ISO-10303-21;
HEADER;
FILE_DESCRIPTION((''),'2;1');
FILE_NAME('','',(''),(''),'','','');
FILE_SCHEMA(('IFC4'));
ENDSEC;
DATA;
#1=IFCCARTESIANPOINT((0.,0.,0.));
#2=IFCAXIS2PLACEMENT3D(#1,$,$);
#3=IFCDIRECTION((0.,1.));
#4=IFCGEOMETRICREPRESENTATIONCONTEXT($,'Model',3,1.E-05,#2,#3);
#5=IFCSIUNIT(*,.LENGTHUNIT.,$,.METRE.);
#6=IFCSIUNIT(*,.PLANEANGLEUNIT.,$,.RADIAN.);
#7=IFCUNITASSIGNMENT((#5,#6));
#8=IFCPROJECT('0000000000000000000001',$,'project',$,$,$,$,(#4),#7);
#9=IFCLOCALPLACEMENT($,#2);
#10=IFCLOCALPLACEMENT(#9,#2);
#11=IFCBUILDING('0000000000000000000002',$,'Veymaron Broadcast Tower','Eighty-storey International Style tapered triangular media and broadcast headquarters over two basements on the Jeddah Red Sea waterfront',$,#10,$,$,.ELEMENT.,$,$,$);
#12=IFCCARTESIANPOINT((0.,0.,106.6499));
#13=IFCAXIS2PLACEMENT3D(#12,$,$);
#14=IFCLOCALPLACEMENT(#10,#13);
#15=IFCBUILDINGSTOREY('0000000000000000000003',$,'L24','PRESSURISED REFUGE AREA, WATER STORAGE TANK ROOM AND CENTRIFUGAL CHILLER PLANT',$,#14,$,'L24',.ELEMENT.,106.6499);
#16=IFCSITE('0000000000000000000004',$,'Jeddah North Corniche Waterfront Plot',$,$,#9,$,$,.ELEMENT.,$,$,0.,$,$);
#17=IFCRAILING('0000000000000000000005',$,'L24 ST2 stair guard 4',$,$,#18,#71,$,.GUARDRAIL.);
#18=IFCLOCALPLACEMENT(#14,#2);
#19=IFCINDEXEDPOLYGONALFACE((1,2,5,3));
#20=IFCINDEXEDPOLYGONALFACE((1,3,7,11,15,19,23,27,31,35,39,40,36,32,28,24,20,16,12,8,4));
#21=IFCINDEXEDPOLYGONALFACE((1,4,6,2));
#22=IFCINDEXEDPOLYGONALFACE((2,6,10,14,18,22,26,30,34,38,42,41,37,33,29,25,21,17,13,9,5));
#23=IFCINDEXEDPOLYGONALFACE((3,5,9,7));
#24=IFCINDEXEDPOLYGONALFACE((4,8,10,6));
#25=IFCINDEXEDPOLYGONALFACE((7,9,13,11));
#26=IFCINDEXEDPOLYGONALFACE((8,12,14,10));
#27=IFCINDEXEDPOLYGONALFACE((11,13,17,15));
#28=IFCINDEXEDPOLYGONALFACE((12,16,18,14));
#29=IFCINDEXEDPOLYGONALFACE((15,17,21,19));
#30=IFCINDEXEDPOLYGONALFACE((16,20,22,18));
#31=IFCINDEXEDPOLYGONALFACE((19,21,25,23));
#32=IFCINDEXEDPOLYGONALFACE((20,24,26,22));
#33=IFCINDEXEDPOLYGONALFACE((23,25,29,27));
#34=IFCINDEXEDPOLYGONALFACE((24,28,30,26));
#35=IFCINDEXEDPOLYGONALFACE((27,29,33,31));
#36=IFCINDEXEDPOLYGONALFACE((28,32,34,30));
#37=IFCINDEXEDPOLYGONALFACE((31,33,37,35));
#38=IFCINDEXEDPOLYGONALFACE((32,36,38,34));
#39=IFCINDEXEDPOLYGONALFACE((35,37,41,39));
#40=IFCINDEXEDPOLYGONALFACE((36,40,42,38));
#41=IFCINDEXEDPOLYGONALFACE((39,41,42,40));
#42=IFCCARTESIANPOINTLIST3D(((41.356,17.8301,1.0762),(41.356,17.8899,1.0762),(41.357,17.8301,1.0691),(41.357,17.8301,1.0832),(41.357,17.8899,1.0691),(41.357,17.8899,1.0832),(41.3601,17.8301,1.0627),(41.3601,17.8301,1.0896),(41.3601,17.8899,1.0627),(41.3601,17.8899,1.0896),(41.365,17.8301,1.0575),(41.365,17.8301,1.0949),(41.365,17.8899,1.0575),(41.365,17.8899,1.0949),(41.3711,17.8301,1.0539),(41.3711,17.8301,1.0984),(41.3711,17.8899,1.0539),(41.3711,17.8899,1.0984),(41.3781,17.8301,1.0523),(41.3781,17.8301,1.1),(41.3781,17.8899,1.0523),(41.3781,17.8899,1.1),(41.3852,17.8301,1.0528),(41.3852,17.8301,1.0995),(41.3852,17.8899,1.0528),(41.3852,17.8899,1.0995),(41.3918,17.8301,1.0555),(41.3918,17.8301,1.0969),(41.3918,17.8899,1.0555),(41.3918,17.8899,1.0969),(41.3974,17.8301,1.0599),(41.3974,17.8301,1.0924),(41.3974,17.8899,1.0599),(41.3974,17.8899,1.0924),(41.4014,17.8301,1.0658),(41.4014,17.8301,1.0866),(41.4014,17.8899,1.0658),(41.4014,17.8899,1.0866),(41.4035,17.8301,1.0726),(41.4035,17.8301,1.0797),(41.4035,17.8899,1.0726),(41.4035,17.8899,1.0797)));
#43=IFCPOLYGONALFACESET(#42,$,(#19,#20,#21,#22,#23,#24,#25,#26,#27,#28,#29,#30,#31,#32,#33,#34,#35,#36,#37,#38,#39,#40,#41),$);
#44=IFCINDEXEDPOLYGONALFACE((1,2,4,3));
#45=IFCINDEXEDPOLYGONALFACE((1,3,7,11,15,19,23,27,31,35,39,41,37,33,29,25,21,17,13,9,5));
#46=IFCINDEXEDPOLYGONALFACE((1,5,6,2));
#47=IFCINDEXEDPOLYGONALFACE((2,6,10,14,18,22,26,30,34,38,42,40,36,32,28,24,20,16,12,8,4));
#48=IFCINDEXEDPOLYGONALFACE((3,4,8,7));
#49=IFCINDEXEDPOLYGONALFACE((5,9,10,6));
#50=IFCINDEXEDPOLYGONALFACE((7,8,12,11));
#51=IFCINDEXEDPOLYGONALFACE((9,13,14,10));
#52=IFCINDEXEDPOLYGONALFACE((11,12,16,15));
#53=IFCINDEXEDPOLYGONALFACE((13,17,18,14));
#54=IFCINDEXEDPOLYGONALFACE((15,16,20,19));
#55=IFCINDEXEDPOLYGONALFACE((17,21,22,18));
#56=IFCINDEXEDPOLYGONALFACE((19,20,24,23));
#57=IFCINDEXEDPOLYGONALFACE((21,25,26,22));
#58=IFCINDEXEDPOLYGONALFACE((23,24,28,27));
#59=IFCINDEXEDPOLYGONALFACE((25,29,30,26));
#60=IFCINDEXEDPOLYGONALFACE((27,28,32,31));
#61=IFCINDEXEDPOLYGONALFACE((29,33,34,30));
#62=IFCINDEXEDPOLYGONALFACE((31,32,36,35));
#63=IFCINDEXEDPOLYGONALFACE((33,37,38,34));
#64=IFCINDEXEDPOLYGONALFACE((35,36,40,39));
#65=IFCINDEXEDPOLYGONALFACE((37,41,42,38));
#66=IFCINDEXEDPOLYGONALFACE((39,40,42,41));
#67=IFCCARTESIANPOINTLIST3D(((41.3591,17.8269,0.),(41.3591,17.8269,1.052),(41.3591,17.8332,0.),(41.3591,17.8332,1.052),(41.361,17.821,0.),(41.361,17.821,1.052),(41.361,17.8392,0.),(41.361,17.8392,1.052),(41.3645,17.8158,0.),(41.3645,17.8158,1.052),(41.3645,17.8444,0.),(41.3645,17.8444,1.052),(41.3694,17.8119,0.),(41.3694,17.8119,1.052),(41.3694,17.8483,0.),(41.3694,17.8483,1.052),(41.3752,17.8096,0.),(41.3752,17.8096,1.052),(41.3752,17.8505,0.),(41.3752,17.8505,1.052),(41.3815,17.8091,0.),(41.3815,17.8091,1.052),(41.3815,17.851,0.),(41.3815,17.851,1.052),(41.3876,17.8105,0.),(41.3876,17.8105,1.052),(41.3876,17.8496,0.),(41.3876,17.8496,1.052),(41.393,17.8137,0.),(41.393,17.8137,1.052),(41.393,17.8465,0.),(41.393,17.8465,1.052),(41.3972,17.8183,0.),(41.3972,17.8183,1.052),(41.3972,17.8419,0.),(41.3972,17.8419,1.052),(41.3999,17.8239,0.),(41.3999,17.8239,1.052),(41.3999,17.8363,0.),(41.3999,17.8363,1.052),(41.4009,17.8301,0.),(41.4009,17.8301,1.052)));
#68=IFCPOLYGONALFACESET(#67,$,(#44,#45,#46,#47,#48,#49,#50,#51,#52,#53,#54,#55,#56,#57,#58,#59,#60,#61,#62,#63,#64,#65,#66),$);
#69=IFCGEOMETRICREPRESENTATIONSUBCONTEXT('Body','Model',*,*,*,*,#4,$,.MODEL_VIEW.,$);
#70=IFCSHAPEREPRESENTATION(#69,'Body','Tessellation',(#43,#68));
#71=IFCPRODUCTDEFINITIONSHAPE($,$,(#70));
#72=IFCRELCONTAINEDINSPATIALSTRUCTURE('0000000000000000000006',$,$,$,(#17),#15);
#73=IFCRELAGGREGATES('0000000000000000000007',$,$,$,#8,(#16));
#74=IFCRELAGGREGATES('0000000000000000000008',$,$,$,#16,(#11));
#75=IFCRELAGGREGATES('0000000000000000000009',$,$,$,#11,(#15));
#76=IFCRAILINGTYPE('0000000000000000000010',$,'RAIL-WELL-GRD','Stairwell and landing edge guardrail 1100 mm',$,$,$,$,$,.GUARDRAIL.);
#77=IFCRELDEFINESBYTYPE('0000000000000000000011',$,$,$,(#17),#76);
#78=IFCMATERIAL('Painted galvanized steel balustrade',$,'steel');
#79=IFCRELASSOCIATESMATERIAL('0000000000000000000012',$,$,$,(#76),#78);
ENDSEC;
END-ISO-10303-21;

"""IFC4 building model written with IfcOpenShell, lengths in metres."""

from ifc_helpers import new_model, si_unit, direction, frame, origin, origin_2d, place, context, subcontext, project, spatial, circle, extrude, material, type_object, element, save


model = new_model("IFC4")

# Units and contexts
model_context = context("Model", 3, precision=1e-05, world=origin(), true_north=direction((0.0, 1.0)))
body_context = subcontext(model_context, "Body", "Model", "MODEL_VIEW")
ifc_project = project(units=[si_unit("LENGTHUNIT", "METRE"), si_unit("PLANEANGLEUNIT", "RADIAN")], contexts=[model_context])

# Site, building, storey
site_placement = place(None, origin())
site = spatial("IfcSite", under=ifc_project, at=site_placement, Name="Jeddah North Corniche Waterfront Plot", CompositionType="ELEMENT", RefElevation=0.0)
building_placement = place(site_placement, origin())
building = spatial("IfcBuilding", under=site, at=building_placement, Name="Veymaron Broadcast Tower", Description="Eighty-storey International Style tapered triangular media and broadcast headquarters over two basements on the Jeddah Red Sea waterfront", CompositionType="ELEMENT")
storey_placement = place(building_placement, frame((0.0, 0.0, 106.6499)))
storey = spatial("IfcBuildingStorey", under=building, at=storey_placement, Name="L24", Description="PRESSURISED REFUGE AREA, WATER STORAGE TANK ROOM AND CENTRIFUGAL CHILLER PLANT", LongName="L24", CompositionType="ELEMENT", Elevation=106.6499)

# Railing
ifc_material_1 = material(Name="Painted galvanized steel balustrade", Category="steel")
railing_type_1 = type_object("IfcRailingType", Name="RAIL-WELL-GRD", Description="Stairwell and landing edge guardrail 1100 mm", PredefinedType="GUARDRAIL", material=ifc_material_1)
railing_1_placement = place(storey_placement, frame((41.3799, 17.8301, 0.0)))
element("IfcRailing", 1, at=railing_1_placement, inside=storey, type_object=railing_type_1, Name="L24 ST2 stair guard 4", PredefinedType="GUARDRAIL", context=body_context, shape_type="SweptSolid", body=[
    extrude(circle(Radius=0.0239, at=origin_2d()), frame((0.0, 0.0, 1.0762), z_axis=(0.0, 1.0, 0.0), x_axis=(-1.0, 0.0, 0.0)), (0.0, 0.0, 1.0), 0.0598),
    extrude(circle(Radius=0.021, at=origin_2d()), origin(), (0.0, 0.0, 1.0), 1.052),
])

save(model, "model.ifc")
